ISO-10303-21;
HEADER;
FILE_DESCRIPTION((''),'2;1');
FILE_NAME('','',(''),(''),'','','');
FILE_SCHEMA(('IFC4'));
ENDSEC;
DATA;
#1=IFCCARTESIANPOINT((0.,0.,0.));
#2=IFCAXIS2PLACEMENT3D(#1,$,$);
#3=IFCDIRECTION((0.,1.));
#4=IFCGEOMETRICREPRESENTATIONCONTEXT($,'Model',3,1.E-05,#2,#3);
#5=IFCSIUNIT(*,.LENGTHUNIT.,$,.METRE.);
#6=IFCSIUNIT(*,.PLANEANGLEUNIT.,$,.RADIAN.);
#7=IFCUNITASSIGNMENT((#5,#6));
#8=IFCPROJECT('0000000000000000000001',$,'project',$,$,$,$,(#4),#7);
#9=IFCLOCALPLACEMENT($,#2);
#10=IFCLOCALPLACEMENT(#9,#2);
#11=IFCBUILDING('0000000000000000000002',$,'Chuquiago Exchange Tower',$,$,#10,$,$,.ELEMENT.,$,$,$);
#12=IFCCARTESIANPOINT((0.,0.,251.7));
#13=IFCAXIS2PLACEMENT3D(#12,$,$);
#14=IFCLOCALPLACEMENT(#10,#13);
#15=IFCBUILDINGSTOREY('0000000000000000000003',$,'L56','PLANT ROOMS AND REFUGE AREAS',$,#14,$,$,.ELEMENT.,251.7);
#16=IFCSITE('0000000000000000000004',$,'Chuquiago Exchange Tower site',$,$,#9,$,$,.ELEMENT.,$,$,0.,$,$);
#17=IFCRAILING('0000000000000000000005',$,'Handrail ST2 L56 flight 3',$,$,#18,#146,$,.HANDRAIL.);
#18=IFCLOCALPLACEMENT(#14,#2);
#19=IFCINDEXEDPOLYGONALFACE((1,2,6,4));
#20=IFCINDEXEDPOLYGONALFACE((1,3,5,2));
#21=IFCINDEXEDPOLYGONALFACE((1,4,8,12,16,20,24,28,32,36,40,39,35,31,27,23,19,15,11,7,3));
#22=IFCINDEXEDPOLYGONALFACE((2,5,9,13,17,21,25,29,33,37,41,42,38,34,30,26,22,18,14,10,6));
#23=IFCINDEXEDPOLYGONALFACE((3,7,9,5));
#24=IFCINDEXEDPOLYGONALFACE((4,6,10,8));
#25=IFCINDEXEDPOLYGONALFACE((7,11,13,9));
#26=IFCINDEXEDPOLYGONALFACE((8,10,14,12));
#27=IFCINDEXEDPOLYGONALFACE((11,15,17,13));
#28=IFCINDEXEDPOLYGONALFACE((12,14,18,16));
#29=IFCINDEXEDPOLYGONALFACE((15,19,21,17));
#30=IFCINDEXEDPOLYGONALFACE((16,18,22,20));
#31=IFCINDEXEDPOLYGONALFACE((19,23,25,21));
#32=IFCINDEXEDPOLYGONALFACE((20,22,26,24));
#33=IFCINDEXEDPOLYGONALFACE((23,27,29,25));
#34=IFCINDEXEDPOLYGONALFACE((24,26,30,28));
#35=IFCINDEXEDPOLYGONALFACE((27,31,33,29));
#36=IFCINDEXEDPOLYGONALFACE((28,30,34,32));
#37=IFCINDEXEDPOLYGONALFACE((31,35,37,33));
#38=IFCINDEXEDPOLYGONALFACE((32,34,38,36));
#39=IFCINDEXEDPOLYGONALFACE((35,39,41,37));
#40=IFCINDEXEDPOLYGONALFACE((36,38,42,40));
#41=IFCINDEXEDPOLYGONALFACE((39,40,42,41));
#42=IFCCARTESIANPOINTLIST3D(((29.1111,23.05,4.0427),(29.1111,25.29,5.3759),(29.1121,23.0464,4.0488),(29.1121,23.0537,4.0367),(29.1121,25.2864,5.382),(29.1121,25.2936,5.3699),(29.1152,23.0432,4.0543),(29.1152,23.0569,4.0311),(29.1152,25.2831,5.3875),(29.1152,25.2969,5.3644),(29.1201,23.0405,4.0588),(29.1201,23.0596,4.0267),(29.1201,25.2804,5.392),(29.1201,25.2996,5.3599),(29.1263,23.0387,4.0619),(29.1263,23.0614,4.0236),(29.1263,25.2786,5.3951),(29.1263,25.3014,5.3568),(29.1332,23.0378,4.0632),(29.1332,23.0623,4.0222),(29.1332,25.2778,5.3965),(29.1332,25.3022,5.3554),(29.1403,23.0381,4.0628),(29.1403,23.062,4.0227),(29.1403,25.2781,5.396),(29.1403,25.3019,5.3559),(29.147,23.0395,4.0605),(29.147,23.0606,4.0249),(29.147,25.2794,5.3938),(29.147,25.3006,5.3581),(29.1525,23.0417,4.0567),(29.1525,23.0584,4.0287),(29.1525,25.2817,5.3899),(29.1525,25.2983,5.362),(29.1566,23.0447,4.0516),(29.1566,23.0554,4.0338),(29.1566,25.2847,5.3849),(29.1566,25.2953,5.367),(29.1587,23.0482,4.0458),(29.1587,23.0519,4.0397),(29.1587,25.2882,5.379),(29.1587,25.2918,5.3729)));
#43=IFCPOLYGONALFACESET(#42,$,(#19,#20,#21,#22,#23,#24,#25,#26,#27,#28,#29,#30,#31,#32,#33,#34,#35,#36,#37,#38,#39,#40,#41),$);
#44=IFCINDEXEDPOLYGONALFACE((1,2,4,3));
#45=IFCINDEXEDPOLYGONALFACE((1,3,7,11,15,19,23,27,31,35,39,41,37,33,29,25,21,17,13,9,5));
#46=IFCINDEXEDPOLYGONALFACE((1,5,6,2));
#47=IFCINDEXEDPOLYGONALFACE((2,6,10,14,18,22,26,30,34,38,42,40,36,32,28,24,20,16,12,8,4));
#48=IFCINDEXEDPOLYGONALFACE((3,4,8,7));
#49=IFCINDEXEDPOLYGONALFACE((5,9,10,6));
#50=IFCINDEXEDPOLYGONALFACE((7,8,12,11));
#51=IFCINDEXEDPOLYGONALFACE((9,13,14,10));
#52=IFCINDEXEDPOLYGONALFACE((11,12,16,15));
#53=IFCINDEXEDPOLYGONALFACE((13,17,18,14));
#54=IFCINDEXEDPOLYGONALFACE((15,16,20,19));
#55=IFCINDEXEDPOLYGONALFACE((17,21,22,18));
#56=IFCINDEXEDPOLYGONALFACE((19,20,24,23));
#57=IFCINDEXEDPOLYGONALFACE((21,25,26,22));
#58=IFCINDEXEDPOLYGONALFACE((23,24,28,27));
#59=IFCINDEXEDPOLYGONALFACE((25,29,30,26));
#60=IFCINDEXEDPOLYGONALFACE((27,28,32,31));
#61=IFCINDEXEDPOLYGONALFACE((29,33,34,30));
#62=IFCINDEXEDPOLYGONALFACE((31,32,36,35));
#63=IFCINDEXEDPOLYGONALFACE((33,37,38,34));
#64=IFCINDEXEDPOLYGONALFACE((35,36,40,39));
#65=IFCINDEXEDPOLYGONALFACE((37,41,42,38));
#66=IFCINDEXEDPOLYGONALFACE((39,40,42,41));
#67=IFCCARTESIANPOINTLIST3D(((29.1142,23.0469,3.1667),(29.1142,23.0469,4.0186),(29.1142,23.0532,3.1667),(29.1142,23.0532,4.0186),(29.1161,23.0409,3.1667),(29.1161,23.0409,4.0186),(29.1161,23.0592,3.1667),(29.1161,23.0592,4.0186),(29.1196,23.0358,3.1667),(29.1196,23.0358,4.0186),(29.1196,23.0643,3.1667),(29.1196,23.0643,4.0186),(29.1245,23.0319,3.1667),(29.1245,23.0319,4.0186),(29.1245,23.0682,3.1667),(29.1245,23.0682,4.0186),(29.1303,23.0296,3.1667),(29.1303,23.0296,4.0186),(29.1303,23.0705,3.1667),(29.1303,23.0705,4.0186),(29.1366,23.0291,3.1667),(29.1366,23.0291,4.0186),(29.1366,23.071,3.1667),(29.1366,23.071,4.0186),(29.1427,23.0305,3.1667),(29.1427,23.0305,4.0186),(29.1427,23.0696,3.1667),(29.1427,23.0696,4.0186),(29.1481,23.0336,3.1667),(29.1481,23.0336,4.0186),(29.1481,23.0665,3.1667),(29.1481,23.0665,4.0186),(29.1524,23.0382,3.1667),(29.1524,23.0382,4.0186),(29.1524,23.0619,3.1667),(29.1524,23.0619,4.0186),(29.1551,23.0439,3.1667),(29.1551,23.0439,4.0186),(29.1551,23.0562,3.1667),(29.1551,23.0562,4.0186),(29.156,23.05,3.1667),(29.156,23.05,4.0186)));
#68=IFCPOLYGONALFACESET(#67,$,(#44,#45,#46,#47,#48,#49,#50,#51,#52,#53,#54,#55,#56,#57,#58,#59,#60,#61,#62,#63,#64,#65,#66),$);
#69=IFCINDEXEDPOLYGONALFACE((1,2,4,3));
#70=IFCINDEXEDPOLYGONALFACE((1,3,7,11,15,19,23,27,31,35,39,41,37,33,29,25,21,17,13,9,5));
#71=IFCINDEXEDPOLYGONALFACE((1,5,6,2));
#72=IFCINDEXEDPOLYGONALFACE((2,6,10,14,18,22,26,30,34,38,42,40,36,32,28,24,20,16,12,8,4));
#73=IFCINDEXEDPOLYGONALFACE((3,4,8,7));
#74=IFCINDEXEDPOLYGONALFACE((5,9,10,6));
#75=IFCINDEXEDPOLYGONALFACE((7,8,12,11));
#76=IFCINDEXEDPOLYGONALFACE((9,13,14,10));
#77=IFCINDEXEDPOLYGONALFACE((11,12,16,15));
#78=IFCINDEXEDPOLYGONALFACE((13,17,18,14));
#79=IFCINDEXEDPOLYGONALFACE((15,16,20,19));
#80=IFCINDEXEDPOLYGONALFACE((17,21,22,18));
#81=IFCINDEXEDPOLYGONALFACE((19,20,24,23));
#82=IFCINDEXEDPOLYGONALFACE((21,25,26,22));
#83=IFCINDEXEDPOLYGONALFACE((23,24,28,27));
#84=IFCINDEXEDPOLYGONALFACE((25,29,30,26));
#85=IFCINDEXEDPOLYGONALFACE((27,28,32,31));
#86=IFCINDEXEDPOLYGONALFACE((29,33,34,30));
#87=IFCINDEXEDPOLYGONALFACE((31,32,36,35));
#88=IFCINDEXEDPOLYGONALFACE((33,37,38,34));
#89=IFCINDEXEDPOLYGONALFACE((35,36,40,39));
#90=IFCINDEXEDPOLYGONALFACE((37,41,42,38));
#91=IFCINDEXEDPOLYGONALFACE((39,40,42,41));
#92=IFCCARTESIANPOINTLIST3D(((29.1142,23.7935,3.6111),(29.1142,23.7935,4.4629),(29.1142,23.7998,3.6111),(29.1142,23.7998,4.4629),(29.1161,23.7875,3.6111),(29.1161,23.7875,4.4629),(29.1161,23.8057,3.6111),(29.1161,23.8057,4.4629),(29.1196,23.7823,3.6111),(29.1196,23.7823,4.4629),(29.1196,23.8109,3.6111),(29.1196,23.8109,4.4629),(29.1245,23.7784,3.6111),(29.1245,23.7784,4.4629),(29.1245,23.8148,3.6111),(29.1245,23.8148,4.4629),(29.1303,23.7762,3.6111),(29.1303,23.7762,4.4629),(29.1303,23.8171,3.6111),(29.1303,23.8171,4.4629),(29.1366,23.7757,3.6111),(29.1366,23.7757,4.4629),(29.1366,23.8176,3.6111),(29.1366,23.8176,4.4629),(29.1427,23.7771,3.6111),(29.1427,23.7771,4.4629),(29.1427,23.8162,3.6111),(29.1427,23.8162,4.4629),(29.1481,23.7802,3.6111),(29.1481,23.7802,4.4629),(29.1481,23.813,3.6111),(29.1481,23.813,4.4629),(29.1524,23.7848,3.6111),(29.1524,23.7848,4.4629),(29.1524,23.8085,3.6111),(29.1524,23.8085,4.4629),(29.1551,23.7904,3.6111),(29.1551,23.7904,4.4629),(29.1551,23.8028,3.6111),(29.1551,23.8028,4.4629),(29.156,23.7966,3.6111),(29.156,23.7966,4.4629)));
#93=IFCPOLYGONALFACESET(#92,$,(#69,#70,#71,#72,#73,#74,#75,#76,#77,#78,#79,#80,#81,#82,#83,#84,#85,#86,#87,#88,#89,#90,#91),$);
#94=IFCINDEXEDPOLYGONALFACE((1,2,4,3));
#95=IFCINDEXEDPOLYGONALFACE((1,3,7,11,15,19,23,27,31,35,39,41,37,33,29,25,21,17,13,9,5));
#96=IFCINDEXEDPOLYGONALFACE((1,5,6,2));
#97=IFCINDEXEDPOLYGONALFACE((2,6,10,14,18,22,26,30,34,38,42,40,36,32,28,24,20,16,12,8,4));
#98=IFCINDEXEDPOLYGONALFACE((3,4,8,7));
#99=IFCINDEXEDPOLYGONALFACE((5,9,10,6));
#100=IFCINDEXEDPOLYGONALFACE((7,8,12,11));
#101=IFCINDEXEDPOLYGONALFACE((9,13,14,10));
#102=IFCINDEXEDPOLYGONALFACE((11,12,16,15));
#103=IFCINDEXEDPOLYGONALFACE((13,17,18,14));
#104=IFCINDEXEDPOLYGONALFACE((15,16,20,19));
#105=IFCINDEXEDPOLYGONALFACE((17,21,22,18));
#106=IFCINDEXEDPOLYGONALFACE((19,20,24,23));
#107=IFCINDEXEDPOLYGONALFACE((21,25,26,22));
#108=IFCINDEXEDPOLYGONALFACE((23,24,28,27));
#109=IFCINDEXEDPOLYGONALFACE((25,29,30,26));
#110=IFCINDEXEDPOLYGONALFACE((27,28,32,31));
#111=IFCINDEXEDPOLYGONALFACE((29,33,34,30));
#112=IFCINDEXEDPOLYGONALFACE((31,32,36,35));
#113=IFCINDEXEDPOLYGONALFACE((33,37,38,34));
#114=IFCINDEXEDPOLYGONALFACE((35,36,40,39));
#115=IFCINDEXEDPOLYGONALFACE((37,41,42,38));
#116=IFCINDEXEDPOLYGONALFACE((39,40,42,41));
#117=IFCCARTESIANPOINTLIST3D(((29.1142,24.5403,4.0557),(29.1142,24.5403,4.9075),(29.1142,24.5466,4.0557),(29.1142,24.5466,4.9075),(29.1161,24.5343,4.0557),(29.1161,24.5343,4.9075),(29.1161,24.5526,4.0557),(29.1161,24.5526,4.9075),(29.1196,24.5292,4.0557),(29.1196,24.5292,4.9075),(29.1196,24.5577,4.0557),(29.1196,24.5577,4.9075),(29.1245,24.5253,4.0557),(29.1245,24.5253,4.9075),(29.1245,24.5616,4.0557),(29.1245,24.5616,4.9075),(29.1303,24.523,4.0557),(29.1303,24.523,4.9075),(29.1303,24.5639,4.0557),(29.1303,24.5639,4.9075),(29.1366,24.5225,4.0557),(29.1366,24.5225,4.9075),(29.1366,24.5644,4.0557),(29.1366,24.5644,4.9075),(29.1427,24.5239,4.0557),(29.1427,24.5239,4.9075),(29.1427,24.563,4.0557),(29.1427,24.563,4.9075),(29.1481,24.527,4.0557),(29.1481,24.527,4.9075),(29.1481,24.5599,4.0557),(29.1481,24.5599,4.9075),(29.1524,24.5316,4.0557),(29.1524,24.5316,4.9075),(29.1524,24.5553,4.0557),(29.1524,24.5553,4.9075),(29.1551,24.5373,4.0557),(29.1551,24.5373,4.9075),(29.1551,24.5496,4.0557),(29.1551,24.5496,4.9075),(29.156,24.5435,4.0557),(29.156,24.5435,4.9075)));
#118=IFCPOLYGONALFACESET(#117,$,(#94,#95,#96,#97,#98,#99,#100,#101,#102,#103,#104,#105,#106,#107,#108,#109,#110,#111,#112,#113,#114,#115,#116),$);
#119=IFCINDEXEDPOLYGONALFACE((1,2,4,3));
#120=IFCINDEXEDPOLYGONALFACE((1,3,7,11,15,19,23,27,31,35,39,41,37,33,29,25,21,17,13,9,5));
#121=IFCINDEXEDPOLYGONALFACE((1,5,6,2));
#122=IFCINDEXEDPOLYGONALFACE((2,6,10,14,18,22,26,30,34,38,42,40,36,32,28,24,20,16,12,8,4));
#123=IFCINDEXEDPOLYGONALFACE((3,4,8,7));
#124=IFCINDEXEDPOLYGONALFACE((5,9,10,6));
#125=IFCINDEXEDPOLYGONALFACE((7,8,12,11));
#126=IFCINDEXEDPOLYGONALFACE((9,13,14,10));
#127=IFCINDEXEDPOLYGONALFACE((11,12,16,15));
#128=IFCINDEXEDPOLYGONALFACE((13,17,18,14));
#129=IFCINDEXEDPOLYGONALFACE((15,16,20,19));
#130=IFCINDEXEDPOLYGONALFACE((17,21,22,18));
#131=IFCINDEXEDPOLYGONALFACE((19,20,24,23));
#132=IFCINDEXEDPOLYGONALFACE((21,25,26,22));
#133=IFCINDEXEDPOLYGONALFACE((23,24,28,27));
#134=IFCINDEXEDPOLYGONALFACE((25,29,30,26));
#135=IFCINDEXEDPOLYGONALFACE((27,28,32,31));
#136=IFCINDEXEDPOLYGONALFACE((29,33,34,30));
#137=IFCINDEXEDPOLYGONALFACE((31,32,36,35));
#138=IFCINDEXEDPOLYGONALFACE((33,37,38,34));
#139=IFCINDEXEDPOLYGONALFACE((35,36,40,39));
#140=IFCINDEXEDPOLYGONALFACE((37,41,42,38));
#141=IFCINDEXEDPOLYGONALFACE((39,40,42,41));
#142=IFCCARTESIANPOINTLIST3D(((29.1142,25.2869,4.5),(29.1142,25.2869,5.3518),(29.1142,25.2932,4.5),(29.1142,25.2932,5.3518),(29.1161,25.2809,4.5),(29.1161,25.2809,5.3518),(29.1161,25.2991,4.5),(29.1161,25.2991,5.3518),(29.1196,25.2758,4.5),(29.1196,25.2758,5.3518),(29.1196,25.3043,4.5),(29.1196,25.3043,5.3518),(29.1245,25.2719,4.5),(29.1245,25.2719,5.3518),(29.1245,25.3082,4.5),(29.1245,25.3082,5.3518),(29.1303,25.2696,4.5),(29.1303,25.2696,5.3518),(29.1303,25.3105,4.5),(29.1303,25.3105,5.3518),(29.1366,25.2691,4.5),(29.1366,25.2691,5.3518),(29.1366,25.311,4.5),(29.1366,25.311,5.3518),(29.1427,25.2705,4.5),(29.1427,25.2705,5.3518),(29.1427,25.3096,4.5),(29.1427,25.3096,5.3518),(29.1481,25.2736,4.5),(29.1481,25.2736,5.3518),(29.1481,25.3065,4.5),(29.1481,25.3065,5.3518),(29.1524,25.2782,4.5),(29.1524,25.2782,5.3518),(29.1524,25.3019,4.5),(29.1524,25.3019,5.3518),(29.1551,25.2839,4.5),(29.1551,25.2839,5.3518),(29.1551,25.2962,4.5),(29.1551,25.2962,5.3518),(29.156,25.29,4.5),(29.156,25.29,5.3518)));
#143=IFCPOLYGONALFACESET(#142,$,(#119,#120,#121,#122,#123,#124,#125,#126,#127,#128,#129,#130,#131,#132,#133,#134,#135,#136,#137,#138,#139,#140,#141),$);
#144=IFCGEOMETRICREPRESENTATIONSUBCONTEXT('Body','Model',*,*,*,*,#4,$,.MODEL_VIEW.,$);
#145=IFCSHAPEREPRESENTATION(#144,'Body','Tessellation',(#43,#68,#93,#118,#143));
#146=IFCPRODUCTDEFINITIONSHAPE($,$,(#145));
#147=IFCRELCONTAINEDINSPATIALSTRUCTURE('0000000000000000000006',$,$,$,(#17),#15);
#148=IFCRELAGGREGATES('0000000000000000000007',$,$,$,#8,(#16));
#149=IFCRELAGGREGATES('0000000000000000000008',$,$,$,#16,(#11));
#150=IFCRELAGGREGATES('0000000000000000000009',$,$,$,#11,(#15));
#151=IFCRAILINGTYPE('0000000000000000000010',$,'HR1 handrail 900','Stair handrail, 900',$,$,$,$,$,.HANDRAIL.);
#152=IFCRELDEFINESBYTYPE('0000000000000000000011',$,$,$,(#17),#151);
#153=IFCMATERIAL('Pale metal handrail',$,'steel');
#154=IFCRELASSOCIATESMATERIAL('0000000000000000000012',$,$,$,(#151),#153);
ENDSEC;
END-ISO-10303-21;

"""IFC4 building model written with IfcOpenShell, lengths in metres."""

from ifc_helpers import new_model, si_unit, direction, frame, origin, origin_2d, place, context, subcontext, project, spatial, circle, extrude, material, type_object, element, save


model = new_model("IFC4")

# Units and contexts
model_context = context("Model", 3, precision=1e-05, world=origin(), true_north=direction((0.0, 1.0)))
body_context = subcontext(model_context, "Body", "Model", "MODEL_VIEW")
ifc_project = project(units=[si_unit("LENGTHUNIT", "METRE"), si_unit("PLANEANGLEUNIT", "RADIAN")], contexts=[model_context])

# Site, building, storey
site_placement = place(None, origin())
site = spatial("IfcSite", under=ifc_project, at=site_placement, Name="Chuquiago Exchange Tower site", CompositionType="ELEMENT", RefElevation=0.0)
building_placement = place(site_placement, origin())
building = spatial("IfcBuilding", under=site, at=building_placement, Name="Chuquiago Exchange Tower", CompositionType="ELEMENT")
storey_placement = place(building_placement, frame((0.0, 0.0, 251.7)))
storey = spatial("IfcBuildingStorey", under=building, at=storey_placement, Name="L56", Description="PLANT ROOMS AND REFUGE AREAS", CompositionType="ELEMENT", Elevation=251.7)

# Railing
ifc_material_1 = material(Name="Pale metal handrail", Category="steel")
railing_type = type_object("IfcRailingType", Name="HR1 handrail 900", Description="Stair handrail, 900", PredefinedType="HANDRAIL", material=ifc_material_1)
for number, where, name in (
    (1, (29.135, 23.05, 3.1667), "Handrail ST2 L56 flight 3"),
):
    element("IfcRailing", number, at=place(storey_placement, frame(where)), inside=storey, type_object=railing_type, Name=name, PredefinedType="HANDRAIL", context=body_context, shape_type="SweptSolid", body=[
        extrude(circle(Radius=0.0239, at=origin_2d()), frame((0.0, 0.0, 0.876), z_axis=(0.0, 0.859306, 0.511462), x_axis=(-1.0, 0.0, 0.0)), (0.0, 0.0, 1.0), 2.6067),
        extrude(circle(Radius=0.021, at=origin_2d()), origin(), (0.0, 0.0, 1.0), 0.8518),
        extrude(circle(Radius=0.021, at=origin_2d()), frame((0.0, 0.7466, 0.4443)), (0.0, 0.0, 1.0), 0.8518),
        extrude(circle(Radius=0.021, at=origin_2d()), frame((0.0, 1.4934, 0.8889)), (0.0, 0.0, 1.0), 0.8518),
        extrude(circle(Radius=0.021, at=origin_2d()), frame((0.0, 2.24, 1.3333)), (0.0, 0.0, 1.0), 0.8518),
    ])

save(model, "model.ifc")
